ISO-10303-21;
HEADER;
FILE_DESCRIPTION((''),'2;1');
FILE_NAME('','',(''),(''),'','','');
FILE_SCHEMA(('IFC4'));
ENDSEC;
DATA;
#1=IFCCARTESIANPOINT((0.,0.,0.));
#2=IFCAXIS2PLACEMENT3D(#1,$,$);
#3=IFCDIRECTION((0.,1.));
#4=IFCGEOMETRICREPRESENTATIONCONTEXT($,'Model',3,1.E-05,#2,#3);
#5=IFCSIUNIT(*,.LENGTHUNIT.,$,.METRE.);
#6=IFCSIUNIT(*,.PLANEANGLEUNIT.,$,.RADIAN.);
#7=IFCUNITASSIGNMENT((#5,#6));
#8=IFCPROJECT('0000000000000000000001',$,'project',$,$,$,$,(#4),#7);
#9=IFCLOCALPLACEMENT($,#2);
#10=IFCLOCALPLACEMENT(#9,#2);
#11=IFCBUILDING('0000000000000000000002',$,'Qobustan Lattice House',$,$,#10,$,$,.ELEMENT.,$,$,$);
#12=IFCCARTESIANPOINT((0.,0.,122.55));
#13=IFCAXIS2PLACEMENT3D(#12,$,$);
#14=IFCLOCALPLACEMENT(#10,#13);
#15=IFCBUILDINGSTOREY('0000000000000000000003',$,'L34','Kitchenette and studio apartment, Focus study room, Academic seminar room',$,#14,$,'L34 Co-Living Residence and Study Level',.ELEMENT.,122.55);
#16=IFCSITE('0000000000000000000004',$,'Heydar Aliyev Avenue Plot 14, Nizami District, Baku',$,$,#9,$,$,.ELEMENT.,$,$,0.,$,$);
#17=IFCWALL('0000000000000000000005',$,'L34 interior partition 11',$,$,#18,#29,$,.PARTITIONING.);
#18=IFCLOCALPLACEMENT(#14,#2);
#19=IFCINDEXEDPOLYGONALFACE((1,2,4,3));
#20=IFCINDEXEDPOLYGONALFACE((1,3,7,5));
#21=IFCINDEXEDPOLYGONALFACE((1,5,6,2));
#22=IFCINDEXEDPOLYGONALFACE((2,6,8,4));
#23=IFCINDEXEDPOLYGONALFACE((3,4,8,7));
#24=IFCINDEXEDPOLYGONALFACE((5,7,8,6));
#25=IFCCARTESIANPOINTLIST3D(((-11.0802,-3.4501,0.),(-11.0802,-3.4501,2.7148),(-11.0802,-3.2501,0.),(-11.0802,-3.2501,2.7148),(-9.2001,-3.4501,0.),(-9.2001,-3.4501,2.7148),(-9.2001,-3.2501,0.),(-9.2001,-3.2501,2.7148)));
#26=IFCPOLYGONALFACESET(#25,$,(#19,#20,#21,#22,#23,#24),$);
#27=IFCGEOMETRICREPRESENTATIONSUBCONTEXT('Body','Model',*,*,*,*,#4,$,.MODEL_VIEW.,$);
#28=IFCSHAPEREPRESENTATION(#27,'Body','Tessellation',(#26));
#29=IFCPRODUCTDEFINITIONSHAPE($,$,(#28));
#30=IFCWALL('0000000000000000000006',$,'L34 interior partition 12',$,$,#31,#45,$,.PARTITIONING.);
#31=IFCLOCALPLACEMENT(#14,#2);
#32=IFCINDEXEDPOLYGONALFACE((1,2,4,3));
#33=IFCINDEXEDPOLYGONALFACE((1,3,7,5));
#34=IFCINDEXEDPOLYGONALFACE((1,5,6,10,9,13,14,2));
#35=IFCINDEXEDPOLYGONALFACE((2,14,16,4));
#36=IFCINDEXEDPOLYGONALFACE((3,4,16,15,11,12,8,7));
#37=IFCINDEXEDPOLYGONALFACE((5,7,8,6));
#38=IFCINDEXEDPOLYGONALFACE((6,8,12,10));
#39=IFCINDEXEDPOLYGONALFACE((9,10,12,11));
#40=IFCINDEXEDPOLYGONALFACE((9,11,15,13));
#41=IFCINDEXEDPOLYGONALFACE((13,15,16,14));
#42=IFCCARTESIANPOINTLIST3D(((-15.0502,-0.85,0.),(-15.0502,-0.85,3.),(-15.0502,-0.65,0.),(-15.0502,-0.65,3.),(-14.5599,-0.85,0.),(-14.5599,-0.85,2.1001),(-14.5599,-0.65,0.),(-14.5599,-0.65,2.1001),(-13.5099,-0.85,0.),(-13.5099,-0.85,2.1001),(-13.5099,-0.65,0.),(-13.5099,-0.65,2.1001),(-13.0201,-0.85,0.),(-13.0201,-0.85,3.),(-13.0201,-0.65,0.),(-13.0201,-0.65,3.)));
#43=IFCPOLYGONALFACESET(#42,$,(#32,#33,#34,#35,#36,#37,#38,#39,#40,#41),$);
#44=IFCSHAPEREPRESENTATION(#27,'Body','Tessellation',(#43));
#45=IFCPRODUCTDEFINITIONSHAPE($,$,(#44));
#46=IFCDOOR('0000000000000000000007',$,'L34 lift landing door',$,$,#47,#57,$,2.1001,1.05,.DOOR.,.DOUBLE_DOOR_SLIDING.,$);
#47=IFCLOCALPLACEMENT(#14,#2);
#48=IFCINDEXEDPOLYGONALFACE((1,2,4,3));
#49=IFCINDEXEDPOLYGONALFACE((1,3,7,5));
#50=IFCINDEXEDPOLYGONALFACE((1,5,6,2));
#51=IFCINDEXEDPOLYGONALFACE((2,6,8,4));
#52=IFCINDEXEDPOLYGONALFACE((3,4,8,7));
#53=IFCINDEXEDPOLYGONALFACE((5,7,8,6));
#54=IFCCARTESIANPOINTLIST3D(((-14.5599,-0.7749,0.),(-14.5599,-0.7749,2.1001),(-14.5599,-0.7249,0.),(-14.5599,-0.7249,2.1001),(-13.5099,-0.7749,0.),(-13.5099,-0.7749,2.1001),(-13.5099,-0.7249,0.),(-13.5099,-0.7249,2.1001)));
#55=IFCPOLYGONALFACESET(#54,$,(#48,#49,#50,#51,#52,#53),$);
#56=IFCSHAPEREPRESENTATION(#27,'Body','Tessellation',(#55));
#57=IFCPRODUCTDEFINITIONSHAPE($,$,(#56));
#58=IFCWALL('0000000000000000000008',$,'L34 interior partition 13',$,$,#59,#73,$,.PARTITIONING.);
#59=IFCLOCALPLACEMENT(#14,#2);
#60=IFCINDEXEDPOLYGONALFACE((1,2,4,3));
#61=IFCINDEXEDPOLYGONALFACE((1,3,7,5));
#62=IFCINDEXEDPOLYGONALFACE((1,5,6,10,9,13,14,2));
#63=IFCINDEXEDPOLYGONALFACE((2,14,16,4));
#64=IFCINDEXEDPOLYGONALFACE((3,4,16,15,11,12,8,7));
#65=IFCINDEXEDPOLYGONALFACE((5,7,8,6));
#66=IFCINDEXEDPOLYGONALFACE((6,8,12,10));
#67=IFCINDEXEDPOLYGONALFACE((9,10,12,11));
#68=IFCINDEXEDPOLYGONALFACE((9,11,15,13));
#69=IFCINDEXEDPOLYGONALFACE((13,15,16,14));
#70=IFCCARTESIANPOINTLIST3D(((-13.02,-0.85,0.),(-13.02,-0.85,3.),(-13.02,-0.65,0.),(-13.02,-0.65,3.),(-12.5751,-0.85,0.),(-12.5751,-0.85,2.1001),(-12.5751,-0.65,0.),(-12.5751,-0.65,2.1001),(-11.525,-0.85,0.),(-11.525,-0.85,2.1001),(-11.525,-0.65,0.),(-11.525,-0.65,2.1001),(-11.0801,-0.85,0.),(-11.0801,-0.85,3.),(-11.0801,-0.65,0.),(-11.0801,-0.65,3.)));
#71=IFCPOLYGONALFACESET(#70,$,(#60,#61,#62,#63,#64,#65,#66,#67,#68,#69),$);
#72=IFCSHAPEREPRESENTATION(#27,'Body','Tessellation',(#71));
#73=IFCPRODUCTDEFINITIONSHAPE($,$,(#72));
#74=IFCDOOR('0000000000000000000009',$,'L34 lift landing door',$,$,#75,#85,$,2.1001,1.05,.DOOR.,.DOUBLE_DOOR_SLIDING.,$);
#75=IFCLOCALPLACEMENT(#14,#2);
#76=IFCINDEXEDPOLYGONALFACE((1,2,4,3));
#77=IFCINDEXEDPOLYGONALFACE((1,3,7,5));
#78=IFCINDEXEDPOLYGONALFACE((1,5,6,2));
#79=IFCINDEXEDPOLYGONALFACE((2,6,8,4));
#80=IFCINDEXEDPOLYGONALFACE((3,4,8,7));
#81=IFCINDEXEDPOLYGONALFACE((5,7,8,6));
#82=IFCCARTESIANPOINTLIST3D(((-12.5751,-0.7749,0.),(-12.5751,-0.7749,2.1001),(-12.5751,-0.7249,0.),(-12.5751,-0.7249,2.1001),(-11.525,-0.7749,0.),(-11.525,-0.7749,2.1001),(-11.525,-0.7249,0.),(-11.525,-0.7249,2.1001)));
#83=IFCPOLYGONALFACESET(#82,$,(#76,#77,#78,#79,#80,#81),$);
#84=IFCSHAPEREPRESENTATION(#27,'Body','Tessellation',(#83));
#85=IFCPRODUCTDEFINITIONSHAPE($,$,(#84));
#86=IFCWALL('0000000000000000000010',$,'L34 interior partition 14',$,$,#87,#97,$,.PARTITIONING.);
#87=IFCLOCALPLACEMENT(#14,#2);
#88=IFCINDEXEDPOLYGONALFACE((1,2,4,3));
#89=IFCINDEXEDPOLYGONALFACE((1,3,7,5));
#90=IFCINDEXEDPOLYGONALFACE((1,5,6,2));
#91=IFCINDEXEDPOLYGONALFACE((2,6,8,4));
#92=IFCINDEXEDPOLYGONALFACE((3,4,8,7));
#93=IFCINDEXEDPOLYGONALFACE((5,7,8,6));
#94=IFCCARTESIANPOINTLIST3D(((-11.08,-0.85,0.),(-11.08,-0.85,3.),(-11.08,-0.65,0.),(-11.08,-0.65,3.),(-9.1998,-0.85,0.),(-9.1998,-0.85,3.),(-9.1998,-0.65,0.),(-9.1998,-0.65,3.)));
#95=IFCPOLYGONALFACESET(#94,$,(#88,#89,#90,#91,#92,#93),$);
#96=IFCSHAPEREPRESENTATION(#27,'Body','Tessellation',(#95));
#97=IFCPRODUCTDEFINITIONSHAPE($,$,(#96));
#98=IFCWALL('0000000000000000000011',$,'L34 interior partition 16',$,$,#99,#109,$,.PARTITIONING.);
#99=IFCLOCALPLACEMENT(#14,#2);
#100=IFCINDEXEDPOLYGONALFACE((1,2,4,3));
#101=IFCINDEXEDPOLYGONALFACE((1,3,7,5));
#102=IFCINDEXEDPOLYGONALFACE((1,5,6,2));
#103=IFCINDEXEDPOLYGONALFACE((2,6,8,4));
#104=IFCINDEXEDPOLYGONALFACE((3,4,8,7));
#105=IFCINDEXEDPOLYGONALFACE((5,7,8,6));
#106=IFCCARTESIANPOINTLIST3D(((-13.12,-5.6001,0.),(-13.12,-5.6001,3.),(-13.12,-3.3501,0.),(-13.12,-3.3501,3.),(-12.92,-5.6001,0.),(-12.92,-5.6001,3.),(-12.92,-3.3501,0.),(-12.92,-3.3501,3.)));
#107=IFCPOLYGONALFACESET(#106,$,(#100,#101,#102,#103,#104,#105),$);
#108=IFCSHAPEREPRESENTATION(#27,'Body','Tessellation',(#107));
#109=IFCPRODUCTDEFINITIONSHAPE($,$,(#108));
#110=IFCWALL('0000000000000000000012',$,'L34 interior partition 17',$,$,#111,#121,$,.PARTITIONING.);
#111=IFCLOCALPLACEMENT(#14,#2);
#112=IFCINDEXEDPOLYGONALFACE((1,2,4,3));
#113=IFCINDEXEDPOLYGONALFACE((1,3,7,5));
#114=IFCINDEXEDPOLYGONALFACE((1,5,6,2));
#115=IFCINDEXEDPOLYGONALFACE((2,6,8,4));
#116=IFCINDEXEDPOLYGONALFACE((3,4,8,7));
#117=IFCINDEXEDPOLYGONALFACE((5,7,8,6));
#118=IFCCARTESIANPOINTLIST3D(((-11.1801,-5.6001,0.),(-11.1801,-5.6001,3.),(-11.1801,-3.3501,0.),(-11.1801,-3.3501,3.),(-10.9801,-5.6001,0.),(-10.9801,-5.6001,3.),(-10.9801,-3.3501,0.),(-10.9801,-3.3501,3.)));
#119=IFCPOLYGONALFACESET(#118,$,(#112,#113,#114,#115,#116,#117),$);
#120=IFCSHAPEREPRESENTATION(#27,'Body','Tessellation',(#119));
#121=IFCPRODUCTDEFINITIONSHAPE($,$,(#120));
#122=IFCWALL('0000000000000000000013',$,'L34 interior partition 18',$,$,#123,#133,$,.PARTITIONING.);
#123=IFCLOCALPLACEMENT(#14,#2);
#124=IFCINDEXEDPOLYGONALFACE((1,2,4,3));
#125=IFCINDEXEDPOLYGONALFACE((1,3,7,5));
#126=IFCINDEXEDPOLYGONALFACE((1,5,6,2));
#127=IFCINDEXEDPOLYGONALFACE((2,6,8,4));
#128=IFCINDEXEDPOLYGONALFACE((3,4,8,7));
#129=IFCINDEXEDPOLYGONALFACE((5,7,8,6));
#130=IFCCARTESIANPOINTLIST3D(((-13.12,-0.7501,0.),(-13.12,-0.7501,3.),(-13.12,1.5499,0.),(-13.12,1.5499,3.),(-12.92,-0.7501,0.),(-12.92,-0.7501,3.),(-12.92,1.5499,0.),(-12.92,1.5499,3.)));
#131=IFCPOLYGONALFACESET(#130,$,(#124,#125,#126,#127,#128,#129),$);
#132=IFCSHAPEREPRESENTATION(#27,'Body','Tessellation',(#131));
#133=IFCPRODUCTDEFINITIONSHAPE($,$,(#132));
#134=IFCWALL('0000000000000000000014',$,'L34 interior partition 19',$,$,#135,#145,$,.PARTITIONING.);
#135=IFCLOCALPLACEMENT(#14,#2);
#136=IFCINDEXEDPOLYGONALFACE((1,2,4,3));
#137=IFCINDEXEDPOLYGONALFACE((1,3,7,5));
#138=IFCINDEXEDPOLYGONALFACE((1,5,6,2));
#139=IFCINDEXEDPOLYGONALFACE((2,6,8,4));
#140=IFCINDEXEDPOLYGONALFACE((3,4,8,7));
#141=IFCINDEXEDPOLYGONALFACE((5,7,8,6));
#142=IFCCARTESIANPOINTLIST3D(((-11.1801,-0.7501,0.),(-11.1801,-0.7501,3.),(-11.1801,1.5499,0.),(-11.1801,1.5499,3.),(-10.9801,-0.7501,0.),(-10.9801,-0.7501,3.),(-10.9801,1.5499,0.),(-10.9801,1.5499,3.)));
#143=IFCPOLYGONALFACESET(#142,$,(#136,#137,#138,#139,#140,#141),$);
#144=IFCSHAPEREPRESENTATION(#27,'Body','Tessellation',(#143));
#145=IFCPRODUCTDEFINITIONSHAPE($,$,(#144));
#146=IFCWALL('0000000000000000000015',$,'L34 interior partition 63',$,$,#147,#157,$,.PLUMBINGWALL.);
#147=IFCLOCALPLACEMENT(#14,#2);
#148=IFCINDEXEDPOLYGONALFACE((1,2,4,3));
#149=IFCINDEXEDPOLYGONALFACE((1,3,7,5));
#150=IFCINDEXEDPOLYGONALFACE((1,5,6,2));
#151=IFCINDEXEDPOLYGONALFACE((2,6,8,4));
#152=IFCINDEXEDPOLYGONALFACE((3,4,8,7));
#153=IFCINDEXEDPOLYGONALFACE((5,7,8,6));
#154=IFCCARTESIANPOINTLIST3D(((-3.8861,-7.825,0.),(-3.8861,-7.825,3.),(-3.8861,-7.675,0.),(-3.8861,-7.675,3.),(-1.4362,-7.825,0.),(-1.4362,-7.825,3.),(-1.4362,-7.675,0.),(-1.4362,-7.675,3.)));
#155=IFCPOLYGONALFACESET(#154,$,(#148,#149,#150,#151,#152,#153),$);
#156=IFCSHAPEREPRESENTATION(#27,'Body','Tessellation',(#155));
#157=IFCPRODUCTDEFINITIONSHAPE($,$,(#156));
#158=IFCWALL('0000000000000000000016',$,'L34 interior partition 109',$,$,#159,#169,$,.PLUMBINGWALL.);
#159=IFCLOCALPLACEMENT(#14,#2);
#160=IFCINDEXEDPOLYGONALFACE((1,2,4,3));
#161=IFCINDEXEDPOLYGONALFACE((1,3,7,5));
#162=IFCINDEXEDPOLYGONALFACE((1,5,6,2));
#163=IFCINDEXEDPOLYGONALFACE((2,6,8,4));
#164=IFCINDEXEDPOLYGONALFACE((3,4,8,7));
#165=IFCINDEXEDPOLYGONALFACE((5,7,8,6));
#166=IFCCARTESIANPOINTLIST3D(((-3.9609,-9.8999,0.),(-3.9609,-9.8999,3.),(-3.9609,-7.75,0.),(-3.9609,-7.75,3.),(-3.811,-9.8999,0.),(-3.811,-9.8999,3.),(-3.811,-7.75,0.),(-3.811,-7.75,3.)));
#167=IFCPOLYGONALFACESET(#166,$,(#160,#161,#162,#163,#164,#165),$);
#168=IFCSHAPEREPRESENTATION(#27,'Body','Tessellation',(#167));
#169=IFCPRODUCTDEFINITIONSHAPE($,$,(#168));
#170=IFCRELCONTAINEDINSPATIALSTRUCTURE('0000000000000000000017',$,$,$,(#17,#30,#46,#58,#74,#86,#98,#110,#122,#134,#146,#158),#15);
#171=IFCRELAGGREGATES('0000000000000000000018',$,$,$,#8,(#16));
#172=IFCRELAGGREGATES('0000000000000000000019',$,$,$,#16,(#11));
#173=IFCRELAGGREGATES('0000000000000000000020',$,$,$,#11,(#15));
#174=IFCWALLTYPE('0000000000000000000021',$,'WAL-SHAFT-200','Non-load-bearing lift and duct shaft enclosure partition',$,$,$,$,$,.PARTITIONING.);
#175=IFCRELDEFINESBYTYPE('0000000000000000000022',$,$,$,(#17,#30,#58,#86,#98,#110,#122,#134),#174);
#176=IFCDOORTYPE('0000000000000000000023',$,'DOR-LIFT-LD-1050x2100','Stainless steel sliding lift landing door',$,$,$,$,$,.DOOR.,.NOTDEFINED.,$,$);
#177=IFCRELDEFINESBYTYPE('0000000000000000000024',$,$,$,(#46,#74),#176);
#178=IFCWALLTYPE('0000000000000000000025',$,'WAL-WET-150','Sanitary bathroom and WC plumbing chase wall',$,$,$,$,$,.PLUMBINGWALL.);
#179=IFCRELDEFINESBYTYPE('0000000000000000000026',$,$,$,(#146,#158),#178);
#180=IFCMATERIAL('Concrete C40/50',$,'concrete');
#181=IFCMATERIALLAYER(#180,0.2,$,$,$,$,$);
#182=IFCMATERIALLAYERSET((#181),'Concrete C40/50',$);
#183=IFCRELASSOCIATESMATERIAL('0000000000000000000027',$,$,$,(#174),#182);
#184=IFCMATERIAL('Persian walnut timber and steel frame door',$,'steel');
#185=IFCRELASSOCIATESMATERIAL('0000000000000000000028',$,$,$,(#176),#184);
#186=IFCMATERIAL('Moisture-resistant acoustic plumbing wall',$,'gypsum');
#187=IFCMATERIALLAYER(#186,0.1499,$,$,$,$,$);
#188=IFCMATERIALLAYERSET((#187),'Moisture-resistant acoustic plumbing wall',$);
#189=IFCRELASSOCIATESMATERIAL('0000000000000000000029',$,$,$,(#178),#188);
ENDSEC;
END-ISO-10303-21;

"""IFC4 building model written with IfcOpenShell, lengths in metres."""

from ifc_helpers import new_model, si_unit, direction, frame, frame_2d, origin, place, context, subcontext, project, spatial, rectangle, extrude, material, layer, layer_set, type_object, element, fill, save


model = new_model("IFC4")

# Units and contexts
model_context = context("Model", 3, precision=1e-05, world=origin(), true_north=direction((0.0, 1.0)))
body_context = subcontext(model_context, "Body", "Model", "MODEL_VIEW")
ifc_project = project(units=[si_unit("LENGTHUNIT", "METRE"), si_unit("PLANEANGLEUNIT", "RADIAN")], contexts=[model_context])

# Site, building, storey
site_placement = place(None, origin())
site = spatial("IfcSite", under=ifc_project, at=site_placement, Name="Heydar Aliyev Avenue Plot 14, Nizami District, Baku", CompositionType="ELEMENT", RefElevation=0.0)
building_placement = place(site_placement, origin())
building = spatial("IfcBuilding", under=site, at=building_placement, Name="Qobustan Lattice House", CompositionType="ELEMENT")
storey_placement = place(building_placement, frame((0.0, 0.0, 122.55)))
storey = spatial("IfcBuildingStorey", under=building, at=storey_placement, Name="L34", Description="Kitchenette and studio apartment, Focus study room, Academic seminar room", LongName="L34 Co-Living Residence and Study Level", CompositionType="ELEMENT", Elevation=122.55)

# Shared definitions
ifc_material_1 = material(Name="Concrete C40/50", Category="concrete")
ifc_layer_1 = layer(ifc_material_1, 0.2)
ifc_layer_set_1 = layer_set([ifc_layer_1], Name="Concrete C40/50")
wall_type_1 = type_object("IfcWallType", Name="WAL-SHAFT-200", Description="Non-load-bearing lift and duct shaft enclosure partition", PredefinedType="PARTITIONING", material=ifc_layer_set_1)
ifc_material_2 = material(Name="Persian walnut timber and steel frame door", Category="steel")
door_type_1 = type_object("IfcDoorType", Name="DOR-LIFT-LD-1050x2100", Description="Stainless steel sliding lift landing door", OperationType="NOTDEFINED", PredefinedType="DOOR", material=ifc_material_2)

# Wall
wall_1_placement = place(storey_placement, frame((-11.0801, -3.3501, 0.0), z_axis=(0.0, 0.0, 1.0), x_axis=(1.0, 0.0, 0.0)))
element("IfcWall", 1, at=wall_1_placement, inside=storey, type_object=wall_type_1, Name="L34 interior partition 11", PredefinedType="PARTITIONING", context=body_context, shape_type="SweptSolid", body=[
    extrude(rectangle(XDim=1.8801, YDim=0.2, at=frame_2d((0.9399, 0.0))), origin(), (0.0, 0.0, 1.0), 2.7148),
])

# Walls, openings, doors
wall_2_placement = place(storey_placement, frame((-13.02, -0.75, 0.0), z_axis=(0.0, 0.0, 1.0), x_axis=(-1.0, 0.0, 0.0)))
wall_2 = element("IfcWall", 2, at=wall_2_placement, inside=storey, type_object=wall_type_1, Name="L34 interior partition 12", PredefinedType="PARTITIONING", context=body_context, shape_type="SweptSolid", body=[
    extrude(rectangle(XDim=2.03, YDim=0.2, at=frame_2d((1.0151, 0.0))), origin(), (0.0, 0.0, 1.0), 3.0),
])
opening_1_placement = place(wall_2_placement, frame((0.49, 0.0, 0.0)))
opening_1 = element("IfcOpeningElement", 3, at=opening_1_placement, cuts=wall_2, PredefinedType="OPENING", context=body_context, shape_type="SweptSolid", body=[
    extrude(rectangle(XDim=1.05, YDim=2.1001, at=frame_2d((0.5249, 1.05))), frame((0.0, 0.1099, 0.0), z_axis=(0.0, -1.0, 0.0), x_axis=(1.0, 0.0, 0.0)), (0.0, 0.0, 1.0), 0.22),
])
door_1_placement = place(opening_1_placement, origin())
door_1 = element("IfcDoor", 4, at=door_1_placement, inside=storey, type_object=door_type_1, Name="L34 lift landing door", OperationType="DOUBLE_DOOR_SLIDING", OverallHeight=2.1001, OverallWidth=1.05, PredefinedType="DOOR", context=body_context, shape_type="SweptSolid", body=[
    extrude(rectangle(XDim=1.05, YDim=2.1001, at=frame_2d((0.5249, 1.05))), frame((0.0, 0.0249, 0.0), z_axis=(0.0, -1.0, 0.0), x_axis=(1.0, 0.0, 0.0)), (0.0, 0.0, 1.0), 0.05),
])
fill(opening_1, door_1)
wall_3_placement = place(storey_placement, frame((-11.0801, -0.75, 0.0), z_axis=(0.0, 0.0, 1.0), x_axis=(-1.0, 0.0, 0.0)))
wall_3 = element("IfcWall", 5, at=wall_3_placement, inside=storey, type_object=wall_type_1, Name="L34 interior partition 13", PredefinedType="PARTITIONING", context=body_context, shape_type="SweptSolid", body=[
    extrude(rectangle(XDim=1.9399, YDim=0.2, at=frame_2d((0.97, 0.0))), origin(), (0.0, 0.0, 1.0), 3.0),
])
opening_2_placement = place(wall_3_placement, frame((0.4451, 0.0, 0.0)))
opening_2 = element("IfcOpeningElement", 6, at=opening_2_placement, cuts=wall_3, PredefinedType="OPENING", context=body_context, shape_type="SweptSolid", body=[
    extrude(rectangle(XDim=1.05, YDim=2.1001, at=frame_2d((0.5249, 1.05))), frame((0.0, 0.1099, 0.0), z_axis=(0.0, -1.0, 0.0), x_axis=(1.0, 0.0, 0.0)), (0.0, 0.0, 1.0), 0.22),
])
door_2_placement = place(opening_2_placement, origin())
door_2 = element("IfcDoor", 7, at=door_2_placement, inside=storey, type_object=door_type_1, Name="L34 lift landing door", OperationType="DOUBLE_DOOR_SLIDING", OverallHeight=2.1001, OverallWidth=1.05, PredefinedType="DOOR", context=body_context, shape_type="SweptSolid", body=[
    extrude(rectangle(XDim=1.05, YDim=2.1001, at=frame_2d((0.5249, 1.05))), frame((0.0, 0.0249, 0.0), z_axis=(0.0, -1.0, 0.0), x_axis=(1.0, 0.0, 0.0)), (0.0, 0.0, 1.0), 0.05),
])
fill(opening_2, door_2)

# Walls
wall_4_placement = place(storey_placement, frame((-9.2, -0.75, 0.0), z_axis=(0.0, 0.0, 1.0), x_axis=(-1.0, 0.0, 0.0)))
element("IfcWall", 8, at=wall_4_placement, inside=storey, type_object=wall_type_1, Name="L34 interior partition 14", PredefinedType="PARTITIONING", context=body_context, shape_type="SweptSolid", body=[
    extrude(rectangle(XDim=1.8801, YDim=0.2, at=frame_2d((0.9399, 0.0))), origin(), (0.0, 0.0, 1.0), 3.0),
])
for number, where, z_axis, x_axis, name in (
    (9, (-13.02, -5.6001, 0.0), (0.0, 0.0, 1.0), (0.0, 1.0, 0.0), "L34 interior partition 16"),
    (10, (-11.0801, -5.6001, 0.0), (0.0, 0.0, 1.0), (0.0, 1.0, 0.0), "L34 interior partition 17"),
):
    element("IfcWall", number, at=place(storey_placement, frame(where, z_axis=z_axis, x_axis=x_axis)), inside=storey, type_object=wall_type_1, Name=name, PredefinedType="PARTITIONING", context=body_context, shape_type="SweptSolid", body=[
        extrude(rectangle(XDim=2.25, YDim=0.2, at=frame_2d((1.125, 0.0))), origin(), (0.0, 0.0, 1.0), 3.0),
    ])
for number, where, z_axis, x_axis, name in (
    (11, (-13.02, -0.75, 0.0), (0.0, 0.0, 1.0), (0.0, 1.0, 0.0), "L34 interior partition 18"),
    (12, (-11.0801, -0.75, 0.0), (0.0, 0.0, 1.0), (0.0, 1.0, 0.0), "L34 interior partition 19"),
):
    element("IfcWall", number, at=place(storey_placement, frame(where, z_axis=z_axis, x_axis=x_axis)), inside=storey, type_object=wall_type_1, Name=name, PredefinedType="PARTITIONING", context=body_context, shape_type="SweptSolid", body=[
        extrude(rectangle(XDim=2.3, YDim=0.2, at=frame_2d((1.1499, 0.0))), origin(), (0.0, 0.0, 1.0), 3.0),
    ])
ifc_material_3 = material(Name="Moisture-resistant acoustic plumbing wall", Category="gypsum")
ifc_layer_2 = layer(ifc_material_3, 0.1499)
ifc_layer_set_2 = layer_set([ifc_layer_2], Name="Moisture-resistant acoustic plumbing wall")
wall_type_2 = type_object("IfcWallType", Name="WAL-WET-150", Description="Sanitary bathroom and WC plumbing chase wall", PredefinedType="PLUMBINGWALL", material=ifc_layer_set_2)
wall_5_placement = place(storey_placement, frame((-1.436, -7.75, 0.0), z_axis=(0.0, 0.0, 1.0), x_axis=(-1.0, 0.0, 0.0)))
element("IfcWall", 13, at=wall_5_placement, inside=storey, type_object=wall_type_2, Name="L34 interior partition 63", PredefinedType="PLUMBINGWALL", context=body_context, shape_type="SweptSolid", body=[
    extrude(rectangle(XDim=2.45, YDim=0.1499, at=frame_2d((1.2251, 0.0))), origin(), (0.0, 0.0, 1.0), 3.0),
])
wall_6_placement = place(storey_placement, frame((-3.886, -7.75, 0.0), z_axis=(0.0, 0.0, 1.0), x_axis=(0.0, -1.0, 0.0)))
element("IfcWall", 14, at=wall_6_placement, inside=storey, type_object=wall_type_2, Name="L34 interior partition 109", PredefinedType="PLUMBINGWALL", context=body_context, shape_type="SweptSolid", body=[
    extrude(rectangle(XDim=2.1499, YDim=0.1499, at=frame_2d((1.075, 0.0))), origin(), (0.0, 0.0, 1.0), 3.0),
])

save(model, "model.ifc")
